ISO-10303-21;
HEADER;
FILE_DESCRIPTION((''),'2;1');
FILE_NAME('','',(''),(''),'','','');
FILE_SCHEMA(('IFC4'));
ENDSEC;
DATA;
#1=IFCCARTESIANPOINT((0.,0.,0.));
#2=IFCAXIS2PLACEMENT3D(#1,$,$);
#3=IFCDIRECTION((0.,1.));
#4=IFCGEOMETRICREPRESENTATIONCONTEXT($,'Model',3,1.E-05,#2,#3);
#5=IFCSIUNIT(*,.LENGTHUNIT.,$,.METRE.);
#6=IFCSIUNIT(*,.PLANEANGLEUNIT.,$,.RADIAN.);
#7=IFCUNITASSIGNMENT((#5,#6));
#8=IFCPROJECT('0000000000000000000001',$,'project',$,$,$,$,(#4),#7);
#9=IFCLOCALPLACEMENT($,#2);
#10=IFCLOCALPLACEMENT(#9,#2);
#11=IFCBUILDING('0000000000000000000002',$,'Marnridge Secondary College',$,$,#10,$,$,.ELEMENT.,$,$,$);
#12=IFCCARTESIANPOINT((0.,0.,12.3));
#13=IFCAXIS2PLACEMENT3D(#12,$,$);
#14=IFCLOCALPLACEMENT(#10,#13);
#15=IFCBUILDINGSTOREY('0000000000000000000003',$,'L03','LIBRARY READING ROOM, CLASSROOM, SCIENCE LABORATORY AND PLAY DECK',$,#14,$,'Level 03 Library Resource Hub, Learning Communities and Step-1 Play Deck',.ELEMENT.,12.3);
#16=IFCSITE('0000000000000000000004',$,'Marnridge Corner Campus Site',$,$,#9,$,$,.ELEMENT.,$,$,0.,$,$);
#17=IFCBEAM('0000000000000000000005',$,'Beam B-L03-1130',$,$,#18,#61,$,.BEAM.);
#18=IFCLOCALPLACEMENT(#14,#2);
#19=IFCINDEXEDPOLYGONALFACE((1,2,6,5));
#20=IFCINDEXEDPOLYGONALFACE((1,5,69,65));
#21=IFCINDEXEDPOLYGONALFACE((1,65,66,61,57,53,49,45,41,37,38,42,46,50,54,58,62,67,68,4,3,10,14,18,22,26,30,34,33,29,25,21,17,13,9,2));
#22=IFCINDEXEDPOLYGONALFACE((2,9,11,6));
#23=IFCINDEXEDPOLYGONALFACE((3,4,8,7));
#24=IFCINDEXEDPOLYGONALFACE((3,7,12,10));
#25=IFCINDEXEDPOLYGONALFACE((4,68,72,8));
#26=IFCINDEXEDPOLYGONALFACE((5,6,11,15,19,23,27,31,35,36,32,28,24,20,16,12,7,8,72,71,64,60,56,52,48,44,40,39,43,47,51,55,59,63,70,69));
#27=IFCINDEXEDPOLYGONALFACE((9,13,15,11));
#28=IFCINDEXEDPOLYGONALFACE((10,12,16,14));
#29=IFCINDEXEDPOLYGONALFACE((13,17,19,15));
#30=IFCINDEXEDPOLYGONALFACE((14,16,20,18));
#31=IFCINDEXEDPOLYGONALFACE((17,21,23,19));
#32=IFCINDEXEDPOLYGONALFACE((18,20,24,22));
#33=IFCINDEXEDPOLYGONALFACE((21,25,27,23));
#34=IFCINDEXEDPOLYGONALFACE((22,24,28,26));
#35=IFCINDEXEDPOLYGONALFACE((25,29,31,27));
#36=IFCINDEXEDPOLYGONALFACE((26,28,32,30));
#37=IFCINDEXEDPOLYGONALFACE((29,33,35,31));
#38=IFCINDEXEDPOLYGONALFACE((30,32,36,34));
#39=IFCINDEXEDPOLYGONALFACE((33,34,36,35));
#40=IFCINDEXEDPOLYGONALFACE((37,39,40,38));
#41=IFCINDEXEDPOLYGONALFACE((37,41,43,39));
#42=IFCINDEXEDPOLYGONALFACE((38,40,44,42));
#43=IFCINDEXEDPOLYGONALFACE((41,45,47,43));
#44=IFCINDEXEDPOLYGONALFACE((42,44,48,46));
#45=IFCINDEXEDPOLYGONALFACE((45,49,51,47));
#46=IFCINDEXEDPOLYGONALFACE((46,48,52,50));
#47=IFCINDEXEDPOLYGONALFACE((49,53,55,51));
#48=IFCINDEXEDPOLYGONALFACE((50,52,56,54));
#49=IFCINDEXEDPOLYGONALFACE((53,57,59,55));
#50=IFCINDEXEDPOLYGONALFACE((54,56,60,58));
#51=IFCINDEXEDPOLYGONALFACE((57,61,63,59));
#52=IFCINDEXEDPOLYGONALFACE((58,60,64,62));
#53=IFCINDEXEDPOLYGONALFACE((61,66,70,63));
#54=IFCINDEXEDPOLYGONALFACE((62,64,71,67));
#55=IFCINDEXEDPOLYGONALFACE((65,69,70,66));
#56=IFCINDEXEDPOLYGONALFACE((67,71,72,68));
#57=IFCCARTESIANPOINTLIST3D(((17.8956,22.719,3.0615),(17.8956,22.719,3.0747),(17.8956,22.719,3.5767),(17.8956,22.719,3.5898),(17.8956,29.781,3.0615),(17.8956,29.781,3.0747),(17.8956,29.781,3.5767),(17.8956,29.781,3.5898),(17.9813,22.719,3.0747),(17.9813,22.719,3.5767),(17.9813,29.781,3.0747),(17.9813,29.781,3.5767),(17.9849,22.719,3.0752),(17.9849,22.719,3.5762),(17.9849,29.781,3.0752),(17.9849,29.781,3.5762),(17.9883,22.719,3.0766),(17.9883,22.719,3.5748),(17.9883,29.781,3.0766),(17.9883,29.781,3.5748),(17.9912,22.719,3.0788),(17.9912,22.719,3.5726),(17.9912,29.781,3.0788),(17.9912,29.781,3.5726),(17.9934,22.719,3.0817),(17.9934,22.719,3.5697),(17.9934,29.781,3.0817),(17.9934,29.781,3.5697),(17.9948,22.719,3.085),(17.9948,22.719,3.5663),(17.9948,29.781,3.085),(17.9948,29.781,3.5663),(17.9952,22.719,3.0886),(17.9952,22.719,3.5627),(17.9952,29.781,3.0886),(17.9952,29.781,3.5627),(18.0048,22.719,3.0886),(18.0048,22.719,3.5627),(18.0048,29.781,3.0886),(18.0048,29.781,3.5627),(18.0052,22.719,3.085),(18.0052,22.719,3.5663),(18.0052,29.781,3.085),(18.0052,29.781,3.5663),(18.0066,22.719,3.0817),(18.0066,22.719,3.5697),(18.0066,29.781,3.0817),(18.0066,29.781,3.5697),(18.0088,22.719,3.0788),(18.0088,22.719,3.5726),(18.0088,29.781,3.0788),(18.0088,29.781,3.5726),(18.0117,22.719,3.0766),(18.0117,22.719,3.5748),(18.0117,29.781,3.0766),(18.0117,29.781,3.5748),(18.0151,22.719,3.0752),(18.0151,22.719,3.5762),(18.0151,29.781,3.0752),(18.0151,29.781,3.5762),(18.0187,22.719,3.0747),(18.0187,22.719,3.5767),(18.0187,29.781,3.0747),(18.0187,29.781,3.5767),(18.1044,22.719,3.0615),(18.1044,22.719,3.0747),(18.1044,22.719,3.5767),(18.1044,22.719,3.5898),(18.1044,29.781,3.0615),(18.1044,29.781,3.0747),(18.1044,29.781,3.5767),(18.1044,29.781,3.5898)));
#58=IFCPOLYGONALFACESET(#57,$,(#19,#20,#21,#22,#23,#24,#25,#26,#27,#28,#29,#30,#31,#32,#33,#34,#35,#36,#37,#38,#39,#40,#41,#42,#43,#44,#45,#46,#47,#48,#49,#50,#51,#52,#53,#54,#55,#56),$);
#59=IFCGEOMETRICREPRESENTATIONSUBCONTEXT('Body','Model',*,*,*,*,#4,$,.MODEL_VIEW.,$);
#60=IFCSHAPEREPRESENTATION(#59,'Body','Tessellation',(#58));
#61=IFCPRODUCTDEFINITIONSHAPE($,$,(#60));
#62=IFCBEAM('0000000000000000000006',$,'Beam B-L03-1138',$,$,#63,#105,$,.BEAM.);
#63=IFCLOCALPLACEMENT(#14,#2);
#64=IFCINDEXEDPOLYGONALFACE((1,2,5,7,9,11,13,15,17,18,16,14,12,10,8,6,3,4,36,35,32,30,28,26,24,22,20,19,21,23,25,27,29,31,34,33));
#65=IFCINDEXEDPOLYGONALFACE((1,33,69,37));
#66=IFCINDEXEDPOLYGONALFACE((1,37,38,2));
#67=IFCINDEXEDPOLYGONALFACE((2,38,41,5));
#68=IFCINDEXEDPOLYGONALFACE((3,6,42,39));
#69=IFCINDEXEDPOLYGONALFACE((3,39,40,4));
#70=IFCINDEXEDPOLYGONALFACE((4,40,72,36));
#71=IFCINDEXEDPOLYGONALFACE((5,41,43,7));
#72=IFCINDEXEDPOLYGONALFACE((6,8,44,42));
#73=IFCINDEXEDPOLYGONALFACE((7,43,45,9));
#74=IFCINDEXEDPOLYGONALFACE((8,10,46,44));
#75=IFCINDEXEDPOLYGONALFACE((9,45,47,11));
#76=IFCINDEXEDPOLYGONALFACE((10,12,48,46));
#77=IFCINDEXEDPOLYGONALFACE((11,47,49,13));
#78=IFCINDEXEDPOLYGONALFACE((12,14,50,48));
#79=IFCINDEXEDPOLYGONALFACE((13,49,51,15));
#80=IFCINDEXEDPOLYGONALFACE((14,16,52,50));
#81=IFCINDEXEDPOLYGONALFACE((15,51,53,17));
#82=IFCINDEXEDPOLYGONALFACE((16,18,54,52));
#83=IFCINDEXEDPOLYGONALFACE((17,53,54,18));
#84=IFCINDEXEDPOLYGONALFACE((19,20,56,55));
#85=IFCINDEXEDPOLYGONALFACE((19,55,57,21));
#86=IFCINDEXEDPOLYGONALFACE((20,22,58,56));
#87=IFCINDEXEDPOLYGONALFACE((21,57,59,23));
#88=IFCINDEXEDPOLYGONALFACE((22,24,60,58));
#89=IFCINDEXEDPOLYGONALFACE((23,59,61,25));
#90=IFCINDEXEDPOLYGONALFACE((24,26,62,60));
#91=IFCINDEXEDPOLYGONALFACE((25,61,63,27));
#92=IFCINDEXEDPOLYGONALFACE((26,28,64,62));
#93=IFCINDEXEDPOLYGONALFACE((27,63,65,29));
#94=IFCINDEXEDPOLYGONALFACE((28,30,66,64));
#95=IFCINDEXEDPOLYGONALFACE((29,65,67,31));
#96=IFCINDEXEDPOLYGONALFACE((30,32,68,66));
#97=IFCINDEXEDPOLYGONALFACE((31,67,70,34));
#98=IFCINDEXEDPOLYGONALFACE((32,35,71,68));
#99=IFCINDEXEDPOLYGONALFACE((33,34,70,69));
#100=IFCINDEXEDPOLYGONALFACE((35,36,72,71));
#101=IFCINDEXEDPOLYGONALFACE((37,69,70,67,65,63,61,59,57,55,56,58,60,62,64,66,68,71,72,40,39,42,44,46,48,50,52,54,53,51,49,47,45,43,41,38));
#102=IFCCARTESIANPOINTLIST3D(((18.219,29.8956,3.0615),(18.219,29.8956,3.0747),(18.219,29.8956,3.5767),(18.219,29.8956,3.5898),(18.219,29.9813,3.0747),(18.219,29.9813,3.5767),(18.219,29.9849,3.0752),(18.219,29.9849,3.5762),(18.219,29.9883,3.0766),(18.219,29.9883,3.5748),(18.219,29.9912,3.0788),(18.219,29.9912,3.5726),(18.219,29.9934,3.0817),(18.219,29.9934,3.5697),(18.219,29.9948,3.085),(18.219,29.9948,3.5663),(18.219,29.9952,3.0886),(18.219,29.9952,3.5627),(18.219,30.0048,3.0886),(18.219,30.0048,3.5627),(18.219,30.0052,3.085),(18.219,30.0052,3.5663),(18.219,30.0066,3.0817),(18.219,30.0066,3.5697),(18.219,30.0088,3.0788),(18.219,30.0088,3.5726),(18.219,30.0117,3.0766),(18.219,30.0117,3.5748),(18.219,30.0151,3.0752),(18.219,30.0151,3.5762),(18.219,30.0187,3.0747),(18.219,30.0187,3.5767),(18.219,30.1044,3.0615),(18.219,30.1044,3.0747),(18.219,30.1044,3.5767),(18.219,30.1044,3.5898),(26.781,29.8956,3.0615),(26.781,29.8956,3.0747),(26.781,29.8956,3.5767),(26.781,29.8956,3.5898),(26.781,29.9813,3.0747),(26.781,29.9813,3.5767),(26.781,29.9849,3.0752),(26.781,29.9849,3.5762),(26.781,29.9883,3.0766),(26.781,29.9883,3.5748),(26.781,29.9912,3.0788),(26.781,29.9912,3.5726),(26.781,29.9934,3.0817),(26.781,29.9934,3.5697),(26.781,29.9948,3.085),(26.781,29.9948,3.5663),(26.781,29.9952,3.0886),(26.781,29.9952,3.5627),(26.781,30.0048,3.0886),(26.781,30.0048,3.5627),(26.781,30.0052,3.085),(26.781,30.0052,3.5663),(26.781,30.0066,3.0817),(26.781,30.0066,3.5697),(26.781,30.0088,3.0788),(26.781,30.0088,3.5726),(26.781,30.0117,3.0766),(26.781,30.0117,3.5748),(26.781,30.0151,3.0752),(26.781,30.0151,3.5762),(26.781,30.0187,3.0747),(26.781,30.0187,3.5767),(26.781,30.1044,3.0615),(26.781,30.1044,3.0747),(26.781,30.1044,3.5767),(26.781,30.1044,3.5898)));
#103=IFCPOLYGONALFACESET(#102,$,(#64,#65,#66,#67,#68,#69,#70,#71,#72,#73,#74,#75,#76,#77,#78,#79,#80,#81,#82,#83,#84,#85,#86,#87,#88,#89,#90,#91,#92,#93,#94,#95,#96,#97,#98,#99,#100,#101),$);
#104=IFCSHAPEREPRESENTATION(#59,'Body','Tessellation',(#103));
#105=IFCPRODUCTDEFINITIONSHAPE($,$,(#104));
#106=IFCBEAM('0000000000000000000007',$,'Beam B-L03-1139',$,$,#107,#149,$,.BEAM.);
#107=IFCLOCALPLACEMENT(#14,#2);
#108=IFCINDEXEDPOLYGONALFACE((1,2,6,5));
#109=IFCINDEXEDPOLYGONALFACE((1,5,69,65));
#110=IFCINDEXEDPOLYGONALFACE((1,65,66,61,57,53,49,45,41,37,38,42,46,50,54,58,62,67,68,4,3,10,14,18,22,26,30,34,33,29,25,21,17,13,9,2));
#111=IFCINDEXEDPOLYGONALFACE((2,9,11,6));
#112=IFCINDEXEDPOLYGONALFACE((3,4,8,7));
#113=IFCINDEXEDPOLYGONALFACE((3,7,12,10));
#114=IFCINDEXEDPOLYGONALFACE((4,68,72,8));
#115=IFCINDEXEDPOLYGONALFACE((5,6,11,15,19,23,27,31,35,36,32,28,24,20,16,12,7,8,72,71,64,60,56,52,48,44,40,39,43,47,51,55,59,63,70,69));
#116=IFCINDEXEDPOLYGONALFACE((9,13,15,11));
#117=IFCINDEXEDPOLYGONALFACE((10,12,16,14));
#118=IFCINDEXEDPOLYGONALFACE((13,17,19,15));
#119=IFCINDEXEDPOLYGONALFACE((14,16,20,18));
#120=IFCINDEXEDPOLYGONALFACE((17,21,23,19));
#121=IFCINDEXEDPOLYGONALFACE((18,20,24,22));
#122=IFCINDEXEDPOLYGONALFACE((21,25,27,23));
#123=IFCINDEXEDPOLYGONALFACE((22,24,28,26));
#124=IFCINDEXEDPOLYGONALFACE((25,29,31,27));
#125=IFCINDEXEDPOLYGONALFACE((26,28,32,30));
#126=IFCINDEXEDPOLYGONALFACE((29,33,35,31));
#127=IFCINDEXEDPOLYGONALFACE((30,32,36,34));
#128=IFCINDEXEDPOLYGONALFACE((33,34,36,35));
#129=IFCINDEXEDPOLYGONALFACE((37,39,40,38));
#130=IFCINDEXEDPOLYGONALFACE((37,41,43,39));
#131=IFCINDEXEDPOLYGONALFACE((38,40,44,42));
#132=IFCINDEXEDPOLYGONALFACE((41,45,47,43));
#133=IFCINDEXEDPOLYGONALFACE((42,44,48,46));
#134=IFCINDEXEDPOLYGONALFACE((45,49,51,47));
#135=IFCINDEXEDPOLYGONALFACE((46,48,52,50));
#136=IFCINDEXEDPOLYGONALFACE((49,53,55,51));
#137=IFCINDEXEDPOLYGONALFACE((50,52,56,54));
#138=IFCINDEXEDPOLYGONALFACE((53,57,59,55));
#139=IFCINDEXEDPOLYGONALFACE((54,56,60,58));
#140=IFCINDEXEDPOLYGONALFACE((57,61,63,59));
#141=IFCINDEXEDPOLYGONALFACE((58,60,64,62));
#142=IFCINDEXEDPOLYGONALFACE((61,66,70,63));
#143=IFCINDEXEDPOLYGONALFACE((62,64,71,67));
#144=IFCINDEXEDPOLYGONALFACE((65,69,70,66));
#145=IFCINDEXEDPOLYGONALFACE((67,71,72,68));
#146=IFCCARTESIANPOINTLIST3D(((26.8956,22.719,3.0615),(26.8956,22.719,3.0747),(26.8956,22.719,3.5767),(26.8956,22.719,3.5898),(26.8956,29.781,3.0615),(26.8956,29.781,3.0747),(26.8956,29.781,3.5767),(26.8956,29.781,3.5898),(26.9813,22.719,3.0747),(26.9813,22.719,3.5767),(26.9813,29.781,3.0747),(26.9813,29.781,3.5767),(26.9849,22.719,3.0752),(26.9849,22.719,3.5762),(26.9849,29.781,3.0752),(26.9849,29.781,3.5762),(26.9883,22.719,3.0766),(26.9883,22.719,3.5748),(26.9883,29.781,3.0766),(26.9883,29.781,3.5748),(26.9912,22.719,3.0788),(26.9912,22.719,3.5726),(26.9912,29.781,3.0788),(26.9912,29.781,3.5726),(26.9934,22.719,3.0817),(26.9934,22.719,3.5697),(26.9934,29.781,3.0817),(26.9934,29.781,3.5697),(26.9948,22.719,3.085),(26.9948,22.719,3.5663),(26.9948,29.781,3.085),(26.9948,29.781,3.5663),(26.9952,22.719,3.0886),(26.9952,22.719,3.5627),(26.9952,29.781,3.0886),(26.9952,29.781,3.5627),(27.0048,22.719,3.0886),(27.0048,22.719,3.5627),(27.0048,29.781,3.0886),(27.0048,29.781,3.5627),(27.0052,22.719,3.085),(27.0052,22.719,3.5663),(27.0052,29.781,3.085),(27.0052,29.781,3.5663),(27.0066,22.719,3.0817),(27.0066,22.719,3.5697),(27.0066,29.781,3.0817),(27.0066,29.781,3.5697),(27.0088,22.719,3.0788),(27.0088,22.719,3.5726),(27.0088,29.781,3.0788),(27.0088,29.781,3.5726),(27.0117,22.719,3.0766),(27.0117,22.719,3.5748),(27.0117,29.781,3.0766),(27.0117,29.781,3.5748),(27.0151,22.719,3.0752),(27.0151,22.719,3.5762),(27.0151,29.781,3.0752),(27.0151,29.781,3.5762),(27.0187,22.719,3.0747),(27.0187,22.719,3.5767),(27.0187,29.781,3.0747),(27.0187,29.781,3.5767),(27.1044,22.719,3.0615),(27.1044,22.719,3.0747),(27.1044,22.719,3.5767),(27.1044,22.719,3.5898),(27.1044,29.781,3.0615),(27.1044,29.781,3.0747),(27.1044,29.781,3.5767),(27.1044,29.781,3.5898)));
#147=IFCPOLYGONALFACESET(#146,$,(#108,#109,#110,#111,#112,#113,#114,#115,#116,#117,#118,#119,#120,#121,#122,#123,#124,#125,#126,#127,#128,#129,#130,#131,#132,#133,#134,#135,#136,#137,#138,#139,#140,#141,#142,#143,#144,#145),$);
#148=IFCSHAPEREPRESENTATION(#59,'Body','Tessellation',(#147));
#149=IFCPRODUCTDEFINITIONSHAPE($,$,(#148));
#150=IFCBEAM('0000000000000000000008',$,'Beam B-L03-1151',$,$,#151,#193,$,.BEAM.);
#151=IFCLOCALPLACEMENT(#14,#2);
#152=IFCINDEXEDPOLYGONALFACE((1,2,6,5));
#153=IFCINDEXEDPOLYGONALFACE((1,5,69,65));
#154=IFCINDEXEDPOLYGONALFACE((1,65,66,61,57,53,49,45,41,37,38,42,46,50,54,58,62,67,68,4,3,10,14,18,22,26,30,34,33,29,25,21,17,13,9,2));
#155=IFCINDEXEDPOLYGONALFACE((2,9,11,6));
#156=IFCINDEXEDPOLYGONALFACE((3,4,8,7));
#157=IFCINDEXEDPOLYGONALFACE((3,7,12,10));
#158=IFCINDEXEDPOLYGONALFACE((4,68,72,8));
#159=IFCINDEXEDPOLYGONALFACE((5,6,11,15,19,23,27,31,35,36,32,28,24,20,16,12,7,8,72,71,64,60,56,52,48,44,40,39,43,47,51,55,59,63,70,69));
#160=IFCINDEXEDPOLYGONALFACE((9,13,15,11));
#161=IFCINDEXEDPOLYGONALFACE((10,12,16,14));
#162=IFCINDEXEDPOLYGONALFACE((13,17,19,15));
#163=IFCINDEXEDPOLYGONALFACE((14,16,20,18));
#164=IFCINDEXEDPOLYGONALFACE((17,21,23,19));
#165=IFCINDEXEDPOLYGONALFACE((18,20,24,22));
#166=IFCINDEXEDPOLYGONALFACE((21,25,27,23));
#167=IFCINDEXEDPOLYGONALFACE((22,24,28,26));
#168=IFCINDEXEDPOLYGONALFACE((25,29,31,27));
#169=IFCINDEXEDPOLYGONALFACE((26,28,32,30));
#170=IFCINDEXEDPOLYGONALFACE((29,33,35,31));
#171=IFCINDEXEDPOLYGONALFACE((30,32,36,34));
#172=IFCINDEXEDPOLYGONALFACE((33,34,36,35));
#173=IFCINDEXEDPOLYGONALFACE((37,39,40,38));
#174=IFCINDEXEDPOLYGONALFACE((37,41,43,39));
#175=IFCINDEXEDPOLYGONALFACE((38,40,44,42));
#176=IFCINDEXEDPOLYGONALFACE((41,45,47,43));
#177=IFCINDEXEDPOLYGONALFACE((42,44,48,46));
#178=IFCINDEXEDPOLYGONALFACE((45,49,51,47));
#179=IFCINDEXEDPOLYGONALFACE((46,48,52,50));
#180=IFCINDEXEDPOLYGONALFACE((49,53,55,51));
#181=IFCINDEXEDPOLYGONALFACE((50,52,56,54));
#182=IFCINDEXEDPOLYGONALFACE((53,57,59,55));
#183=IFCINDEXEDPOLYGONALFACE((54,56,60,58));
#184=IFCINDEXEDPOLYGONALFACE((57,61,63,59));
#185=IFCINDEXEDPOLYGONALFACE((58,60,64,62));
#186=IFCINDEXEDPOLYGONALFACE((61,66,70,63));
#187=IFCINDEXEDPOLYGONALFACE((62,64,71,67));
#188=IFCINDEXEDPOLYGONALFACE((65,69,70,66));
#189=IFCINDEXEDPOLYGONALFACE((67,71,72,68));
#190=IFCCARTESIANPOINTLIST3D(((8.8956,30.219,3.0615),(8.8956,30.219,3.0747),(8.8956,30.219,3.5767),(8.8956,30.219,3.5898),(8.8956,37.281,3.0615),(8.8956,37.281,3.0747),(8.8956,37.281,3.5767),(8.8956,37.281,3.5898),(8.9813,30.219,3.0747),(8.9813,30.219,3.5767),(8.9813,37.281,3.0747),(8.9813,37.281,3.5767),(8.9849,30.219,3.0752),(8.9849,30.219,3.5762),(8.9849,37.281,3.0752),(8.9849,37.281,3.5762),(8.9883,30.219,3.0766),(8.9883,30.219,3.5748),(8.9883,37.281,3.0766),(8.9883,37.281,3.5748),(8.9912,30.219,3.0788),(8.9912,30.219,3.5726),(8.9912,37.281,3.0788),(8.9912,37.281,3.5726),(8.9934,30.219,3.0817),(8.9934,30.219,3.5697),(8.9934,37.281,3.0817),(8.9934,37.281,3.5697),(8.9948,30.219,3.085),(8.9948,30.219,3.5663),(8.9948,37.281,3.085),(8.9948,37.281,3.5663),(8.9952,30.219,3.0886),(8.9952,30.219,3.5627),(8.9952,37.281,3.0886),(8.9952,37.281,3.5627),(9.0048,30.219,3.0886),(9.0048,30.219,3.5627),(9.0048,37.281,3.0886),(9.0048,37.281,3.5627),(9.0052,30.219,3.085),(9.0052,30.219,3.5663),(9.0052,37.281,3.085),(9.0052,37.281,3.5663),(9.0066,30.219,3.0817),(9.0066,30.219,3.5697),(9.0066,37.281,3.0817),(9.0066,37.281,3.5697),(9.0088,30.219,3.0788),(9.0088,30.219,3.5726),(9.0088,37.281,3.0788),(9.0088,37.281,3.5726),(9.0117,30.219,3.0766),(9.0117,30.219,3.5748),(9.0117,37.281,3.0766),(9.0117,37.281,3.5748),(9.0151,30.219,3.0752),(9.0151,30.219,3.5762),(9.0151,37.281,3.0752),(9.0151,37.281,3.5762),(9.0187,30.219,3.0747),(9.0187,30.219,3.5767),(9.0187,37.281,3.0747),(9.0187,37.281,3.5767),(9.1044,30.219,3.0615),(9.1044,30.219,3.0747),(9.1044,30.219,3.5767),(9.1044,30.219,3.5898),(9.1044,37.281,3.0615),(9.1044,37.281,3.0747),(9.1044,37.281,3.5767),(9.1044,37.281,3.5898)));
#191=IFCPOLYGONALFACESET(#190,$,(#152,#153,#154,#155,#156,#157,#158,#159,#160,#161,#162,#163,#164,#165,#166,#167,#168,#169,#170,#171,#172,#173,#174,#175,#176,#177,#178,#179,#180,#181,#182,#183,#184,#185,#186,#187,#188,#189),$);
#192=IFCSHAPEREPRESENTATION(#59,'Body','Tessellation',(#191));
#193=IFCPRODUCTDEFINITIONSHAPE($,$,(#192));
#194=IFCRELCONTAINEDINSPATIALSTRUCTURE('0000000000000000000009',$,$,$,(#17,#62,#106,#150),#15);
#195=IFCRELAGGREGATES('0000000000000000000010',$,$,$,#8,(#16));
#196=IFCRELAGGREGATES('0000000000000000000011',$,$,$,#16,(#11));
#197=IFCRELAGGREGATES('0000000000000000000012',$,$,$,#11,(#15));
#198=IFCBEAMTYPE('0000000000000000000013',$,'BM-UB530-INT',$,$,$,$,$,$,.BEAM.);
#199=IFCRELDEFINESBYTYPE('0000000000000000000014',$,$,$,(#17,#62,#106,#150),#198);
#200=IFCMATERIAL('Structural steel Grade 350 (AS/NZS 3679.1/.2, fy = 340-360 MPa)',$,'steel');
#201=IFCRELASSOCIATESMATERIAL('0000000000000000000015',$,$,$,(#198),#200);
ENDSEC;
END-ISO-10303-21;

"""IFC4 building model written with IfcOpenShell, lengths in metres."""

from ifc_helpers import new_model, si_unit, direction, frame, origin, origin_2d, place, context, subcontext, project, spatial, i_section, extrude, material, material_profile, profile_set, type_object, element, save


model = new_model("IFC4")

# Units and contexts
model_context = context("Model", 3, precision=1e-05, world=origin(), true_north=direction((0.0, 1.0)))
body_context = subcontext(model_context, "Body", "Model", "MODEL_VIEW")
ifc_project = project(units=[si_unit("LENGTHUNIT", "METRE"), si_unit("PLANEANGLEUNIT", "RADIAN")], contexts=[model_context])

# Site, building, storey
site_placement = place(None, origin())
site = spatial("IfcSite", under=ifc_project, at=site_placement, Name="Marnridge Corner Campus Site", CompositionType="ELEMENT", RefElevation=0.0)
building_placement = place(site_placement, origin())
building = spatial("IfcBuilding", under=site, at=building_placement, Name="Marnridge Secondary College", CompositionType="ELEMENT")
storey_placement = place(building_placement, frame((0.0, 0.0, 12.3)))
storey = spatial("IfcBuildingStorey", under=building, at=storey_placement, Name="L03", Description="LIBRARY READING ROOM, CLASSROOM, SCIENCE LABORATORY AND PLAY DECK", LongName="Level 03 Library Resource Hub, Learning Communities and Step-1 Play Deck", CompositionType="ELEMENT", Elevation=12.3)

# Beams
ifc_material_1 = material(Name="Structural steel Grade 350 (AS/NZS 3679.1/.2, fy = 340-360 MPa)", Category="steel")
ifc_material_profile_1 = material_profile(ifc_material_1, i_section(OverallWidth=0.2087, OverallDepth=0.5283, WebThickness=0.0095, FlangeThickness=0.0132, FilletRadius=0.0139, at=origin_2d()), Name="530UB82.0")
ifc_profile_set_1 = profile_set([ifc_material_profile_1], Name="Structural steel Grade 350 (AS/NZS 3679.1/.2, fy = 340-360 MPa)")
beam_type_1 = type_object("IfcBeamType", Name="BM-UB530-INT", PredefinedType="BEAM", material=ifc_profile_set_1)
beam_1_placement = place(storey_placement, frame((18.0, 22.719, 3.3257), z_axis=(0.0, 1.0, 0.0), x_axis=(-1.0, 0.0, 0.0)))
element("IfcBeam", 1, at=beam_1_placement, inside=storey, type_object=beam_type_1, Name="Beam B-L03-1130", PredefinedType="BEAM", context=body_context, shape_type="SweptSolid", body=[
    extrude(i_section(OverallWidth=0.2087, OverallDepth=0.5283, WebThickness=0.0095, FlangeThickness=0.0132, FilletRadius=0.0139, at=origin_2d()), origin(), (0.0, 0.0, 1.0), 7.062),
])
beam_2_placement = place(storey_placement, frame((18.219, 30.0, 3.3257), z_axis=(1.0, 0.0, 0.0), x_axis=(0.0, 1.0, 0.0)))
element("IfcBeam", 2, at=beam_2_placement, inside=storey, type_object=beam_type_1, Name="Beam B-L03-1138", PredefinedType="BEAM", context=body_context, shape_type="SweptSolid", body=[
    extrude(i_section(OverallWidth=0.2087, OverallDepth=0.5283, WebThickness=0.0095, FlangeThickness=0.0132, FilletRadius=0.0139, at=origin_2d()), origin(), (0.0, 0.0, 1.0), 8.562),
])
for number, where, z_axis, x_axis, name in (
    (3, (27.0, 22.719, 3.3257), (0.0, 1.0, 0.0), (-1.0, 0.0, 0.0), "Beam B-L03-1139"),
    (4, (9.0, 30.219, 3.3257), (0.0, 1.0, 0.0), (-1.0, 0.0, 0.0), "Beam B-L03-1151"),
):
    element("IfcBeam", number, at=place(storey_placement, frame(where, z_axis=z_axis, x_axis=x_axis)), inside=storey, type_object=beam_type_1, Name=name, PredefinedType="BEAM", context=body_context, shape_type="SweptSolid", body=[
        extrude(i_section(OverallWidth=0.2087, OverallDepth=0.5283, WebThickness=0.0095, FlangeThickness=0.0132, FilletRadius=0.0139, at=origin_2d()), origin(), (0.0, 0.0, 1.0), 7.062),
    ])

save(model, "model.ifc")
